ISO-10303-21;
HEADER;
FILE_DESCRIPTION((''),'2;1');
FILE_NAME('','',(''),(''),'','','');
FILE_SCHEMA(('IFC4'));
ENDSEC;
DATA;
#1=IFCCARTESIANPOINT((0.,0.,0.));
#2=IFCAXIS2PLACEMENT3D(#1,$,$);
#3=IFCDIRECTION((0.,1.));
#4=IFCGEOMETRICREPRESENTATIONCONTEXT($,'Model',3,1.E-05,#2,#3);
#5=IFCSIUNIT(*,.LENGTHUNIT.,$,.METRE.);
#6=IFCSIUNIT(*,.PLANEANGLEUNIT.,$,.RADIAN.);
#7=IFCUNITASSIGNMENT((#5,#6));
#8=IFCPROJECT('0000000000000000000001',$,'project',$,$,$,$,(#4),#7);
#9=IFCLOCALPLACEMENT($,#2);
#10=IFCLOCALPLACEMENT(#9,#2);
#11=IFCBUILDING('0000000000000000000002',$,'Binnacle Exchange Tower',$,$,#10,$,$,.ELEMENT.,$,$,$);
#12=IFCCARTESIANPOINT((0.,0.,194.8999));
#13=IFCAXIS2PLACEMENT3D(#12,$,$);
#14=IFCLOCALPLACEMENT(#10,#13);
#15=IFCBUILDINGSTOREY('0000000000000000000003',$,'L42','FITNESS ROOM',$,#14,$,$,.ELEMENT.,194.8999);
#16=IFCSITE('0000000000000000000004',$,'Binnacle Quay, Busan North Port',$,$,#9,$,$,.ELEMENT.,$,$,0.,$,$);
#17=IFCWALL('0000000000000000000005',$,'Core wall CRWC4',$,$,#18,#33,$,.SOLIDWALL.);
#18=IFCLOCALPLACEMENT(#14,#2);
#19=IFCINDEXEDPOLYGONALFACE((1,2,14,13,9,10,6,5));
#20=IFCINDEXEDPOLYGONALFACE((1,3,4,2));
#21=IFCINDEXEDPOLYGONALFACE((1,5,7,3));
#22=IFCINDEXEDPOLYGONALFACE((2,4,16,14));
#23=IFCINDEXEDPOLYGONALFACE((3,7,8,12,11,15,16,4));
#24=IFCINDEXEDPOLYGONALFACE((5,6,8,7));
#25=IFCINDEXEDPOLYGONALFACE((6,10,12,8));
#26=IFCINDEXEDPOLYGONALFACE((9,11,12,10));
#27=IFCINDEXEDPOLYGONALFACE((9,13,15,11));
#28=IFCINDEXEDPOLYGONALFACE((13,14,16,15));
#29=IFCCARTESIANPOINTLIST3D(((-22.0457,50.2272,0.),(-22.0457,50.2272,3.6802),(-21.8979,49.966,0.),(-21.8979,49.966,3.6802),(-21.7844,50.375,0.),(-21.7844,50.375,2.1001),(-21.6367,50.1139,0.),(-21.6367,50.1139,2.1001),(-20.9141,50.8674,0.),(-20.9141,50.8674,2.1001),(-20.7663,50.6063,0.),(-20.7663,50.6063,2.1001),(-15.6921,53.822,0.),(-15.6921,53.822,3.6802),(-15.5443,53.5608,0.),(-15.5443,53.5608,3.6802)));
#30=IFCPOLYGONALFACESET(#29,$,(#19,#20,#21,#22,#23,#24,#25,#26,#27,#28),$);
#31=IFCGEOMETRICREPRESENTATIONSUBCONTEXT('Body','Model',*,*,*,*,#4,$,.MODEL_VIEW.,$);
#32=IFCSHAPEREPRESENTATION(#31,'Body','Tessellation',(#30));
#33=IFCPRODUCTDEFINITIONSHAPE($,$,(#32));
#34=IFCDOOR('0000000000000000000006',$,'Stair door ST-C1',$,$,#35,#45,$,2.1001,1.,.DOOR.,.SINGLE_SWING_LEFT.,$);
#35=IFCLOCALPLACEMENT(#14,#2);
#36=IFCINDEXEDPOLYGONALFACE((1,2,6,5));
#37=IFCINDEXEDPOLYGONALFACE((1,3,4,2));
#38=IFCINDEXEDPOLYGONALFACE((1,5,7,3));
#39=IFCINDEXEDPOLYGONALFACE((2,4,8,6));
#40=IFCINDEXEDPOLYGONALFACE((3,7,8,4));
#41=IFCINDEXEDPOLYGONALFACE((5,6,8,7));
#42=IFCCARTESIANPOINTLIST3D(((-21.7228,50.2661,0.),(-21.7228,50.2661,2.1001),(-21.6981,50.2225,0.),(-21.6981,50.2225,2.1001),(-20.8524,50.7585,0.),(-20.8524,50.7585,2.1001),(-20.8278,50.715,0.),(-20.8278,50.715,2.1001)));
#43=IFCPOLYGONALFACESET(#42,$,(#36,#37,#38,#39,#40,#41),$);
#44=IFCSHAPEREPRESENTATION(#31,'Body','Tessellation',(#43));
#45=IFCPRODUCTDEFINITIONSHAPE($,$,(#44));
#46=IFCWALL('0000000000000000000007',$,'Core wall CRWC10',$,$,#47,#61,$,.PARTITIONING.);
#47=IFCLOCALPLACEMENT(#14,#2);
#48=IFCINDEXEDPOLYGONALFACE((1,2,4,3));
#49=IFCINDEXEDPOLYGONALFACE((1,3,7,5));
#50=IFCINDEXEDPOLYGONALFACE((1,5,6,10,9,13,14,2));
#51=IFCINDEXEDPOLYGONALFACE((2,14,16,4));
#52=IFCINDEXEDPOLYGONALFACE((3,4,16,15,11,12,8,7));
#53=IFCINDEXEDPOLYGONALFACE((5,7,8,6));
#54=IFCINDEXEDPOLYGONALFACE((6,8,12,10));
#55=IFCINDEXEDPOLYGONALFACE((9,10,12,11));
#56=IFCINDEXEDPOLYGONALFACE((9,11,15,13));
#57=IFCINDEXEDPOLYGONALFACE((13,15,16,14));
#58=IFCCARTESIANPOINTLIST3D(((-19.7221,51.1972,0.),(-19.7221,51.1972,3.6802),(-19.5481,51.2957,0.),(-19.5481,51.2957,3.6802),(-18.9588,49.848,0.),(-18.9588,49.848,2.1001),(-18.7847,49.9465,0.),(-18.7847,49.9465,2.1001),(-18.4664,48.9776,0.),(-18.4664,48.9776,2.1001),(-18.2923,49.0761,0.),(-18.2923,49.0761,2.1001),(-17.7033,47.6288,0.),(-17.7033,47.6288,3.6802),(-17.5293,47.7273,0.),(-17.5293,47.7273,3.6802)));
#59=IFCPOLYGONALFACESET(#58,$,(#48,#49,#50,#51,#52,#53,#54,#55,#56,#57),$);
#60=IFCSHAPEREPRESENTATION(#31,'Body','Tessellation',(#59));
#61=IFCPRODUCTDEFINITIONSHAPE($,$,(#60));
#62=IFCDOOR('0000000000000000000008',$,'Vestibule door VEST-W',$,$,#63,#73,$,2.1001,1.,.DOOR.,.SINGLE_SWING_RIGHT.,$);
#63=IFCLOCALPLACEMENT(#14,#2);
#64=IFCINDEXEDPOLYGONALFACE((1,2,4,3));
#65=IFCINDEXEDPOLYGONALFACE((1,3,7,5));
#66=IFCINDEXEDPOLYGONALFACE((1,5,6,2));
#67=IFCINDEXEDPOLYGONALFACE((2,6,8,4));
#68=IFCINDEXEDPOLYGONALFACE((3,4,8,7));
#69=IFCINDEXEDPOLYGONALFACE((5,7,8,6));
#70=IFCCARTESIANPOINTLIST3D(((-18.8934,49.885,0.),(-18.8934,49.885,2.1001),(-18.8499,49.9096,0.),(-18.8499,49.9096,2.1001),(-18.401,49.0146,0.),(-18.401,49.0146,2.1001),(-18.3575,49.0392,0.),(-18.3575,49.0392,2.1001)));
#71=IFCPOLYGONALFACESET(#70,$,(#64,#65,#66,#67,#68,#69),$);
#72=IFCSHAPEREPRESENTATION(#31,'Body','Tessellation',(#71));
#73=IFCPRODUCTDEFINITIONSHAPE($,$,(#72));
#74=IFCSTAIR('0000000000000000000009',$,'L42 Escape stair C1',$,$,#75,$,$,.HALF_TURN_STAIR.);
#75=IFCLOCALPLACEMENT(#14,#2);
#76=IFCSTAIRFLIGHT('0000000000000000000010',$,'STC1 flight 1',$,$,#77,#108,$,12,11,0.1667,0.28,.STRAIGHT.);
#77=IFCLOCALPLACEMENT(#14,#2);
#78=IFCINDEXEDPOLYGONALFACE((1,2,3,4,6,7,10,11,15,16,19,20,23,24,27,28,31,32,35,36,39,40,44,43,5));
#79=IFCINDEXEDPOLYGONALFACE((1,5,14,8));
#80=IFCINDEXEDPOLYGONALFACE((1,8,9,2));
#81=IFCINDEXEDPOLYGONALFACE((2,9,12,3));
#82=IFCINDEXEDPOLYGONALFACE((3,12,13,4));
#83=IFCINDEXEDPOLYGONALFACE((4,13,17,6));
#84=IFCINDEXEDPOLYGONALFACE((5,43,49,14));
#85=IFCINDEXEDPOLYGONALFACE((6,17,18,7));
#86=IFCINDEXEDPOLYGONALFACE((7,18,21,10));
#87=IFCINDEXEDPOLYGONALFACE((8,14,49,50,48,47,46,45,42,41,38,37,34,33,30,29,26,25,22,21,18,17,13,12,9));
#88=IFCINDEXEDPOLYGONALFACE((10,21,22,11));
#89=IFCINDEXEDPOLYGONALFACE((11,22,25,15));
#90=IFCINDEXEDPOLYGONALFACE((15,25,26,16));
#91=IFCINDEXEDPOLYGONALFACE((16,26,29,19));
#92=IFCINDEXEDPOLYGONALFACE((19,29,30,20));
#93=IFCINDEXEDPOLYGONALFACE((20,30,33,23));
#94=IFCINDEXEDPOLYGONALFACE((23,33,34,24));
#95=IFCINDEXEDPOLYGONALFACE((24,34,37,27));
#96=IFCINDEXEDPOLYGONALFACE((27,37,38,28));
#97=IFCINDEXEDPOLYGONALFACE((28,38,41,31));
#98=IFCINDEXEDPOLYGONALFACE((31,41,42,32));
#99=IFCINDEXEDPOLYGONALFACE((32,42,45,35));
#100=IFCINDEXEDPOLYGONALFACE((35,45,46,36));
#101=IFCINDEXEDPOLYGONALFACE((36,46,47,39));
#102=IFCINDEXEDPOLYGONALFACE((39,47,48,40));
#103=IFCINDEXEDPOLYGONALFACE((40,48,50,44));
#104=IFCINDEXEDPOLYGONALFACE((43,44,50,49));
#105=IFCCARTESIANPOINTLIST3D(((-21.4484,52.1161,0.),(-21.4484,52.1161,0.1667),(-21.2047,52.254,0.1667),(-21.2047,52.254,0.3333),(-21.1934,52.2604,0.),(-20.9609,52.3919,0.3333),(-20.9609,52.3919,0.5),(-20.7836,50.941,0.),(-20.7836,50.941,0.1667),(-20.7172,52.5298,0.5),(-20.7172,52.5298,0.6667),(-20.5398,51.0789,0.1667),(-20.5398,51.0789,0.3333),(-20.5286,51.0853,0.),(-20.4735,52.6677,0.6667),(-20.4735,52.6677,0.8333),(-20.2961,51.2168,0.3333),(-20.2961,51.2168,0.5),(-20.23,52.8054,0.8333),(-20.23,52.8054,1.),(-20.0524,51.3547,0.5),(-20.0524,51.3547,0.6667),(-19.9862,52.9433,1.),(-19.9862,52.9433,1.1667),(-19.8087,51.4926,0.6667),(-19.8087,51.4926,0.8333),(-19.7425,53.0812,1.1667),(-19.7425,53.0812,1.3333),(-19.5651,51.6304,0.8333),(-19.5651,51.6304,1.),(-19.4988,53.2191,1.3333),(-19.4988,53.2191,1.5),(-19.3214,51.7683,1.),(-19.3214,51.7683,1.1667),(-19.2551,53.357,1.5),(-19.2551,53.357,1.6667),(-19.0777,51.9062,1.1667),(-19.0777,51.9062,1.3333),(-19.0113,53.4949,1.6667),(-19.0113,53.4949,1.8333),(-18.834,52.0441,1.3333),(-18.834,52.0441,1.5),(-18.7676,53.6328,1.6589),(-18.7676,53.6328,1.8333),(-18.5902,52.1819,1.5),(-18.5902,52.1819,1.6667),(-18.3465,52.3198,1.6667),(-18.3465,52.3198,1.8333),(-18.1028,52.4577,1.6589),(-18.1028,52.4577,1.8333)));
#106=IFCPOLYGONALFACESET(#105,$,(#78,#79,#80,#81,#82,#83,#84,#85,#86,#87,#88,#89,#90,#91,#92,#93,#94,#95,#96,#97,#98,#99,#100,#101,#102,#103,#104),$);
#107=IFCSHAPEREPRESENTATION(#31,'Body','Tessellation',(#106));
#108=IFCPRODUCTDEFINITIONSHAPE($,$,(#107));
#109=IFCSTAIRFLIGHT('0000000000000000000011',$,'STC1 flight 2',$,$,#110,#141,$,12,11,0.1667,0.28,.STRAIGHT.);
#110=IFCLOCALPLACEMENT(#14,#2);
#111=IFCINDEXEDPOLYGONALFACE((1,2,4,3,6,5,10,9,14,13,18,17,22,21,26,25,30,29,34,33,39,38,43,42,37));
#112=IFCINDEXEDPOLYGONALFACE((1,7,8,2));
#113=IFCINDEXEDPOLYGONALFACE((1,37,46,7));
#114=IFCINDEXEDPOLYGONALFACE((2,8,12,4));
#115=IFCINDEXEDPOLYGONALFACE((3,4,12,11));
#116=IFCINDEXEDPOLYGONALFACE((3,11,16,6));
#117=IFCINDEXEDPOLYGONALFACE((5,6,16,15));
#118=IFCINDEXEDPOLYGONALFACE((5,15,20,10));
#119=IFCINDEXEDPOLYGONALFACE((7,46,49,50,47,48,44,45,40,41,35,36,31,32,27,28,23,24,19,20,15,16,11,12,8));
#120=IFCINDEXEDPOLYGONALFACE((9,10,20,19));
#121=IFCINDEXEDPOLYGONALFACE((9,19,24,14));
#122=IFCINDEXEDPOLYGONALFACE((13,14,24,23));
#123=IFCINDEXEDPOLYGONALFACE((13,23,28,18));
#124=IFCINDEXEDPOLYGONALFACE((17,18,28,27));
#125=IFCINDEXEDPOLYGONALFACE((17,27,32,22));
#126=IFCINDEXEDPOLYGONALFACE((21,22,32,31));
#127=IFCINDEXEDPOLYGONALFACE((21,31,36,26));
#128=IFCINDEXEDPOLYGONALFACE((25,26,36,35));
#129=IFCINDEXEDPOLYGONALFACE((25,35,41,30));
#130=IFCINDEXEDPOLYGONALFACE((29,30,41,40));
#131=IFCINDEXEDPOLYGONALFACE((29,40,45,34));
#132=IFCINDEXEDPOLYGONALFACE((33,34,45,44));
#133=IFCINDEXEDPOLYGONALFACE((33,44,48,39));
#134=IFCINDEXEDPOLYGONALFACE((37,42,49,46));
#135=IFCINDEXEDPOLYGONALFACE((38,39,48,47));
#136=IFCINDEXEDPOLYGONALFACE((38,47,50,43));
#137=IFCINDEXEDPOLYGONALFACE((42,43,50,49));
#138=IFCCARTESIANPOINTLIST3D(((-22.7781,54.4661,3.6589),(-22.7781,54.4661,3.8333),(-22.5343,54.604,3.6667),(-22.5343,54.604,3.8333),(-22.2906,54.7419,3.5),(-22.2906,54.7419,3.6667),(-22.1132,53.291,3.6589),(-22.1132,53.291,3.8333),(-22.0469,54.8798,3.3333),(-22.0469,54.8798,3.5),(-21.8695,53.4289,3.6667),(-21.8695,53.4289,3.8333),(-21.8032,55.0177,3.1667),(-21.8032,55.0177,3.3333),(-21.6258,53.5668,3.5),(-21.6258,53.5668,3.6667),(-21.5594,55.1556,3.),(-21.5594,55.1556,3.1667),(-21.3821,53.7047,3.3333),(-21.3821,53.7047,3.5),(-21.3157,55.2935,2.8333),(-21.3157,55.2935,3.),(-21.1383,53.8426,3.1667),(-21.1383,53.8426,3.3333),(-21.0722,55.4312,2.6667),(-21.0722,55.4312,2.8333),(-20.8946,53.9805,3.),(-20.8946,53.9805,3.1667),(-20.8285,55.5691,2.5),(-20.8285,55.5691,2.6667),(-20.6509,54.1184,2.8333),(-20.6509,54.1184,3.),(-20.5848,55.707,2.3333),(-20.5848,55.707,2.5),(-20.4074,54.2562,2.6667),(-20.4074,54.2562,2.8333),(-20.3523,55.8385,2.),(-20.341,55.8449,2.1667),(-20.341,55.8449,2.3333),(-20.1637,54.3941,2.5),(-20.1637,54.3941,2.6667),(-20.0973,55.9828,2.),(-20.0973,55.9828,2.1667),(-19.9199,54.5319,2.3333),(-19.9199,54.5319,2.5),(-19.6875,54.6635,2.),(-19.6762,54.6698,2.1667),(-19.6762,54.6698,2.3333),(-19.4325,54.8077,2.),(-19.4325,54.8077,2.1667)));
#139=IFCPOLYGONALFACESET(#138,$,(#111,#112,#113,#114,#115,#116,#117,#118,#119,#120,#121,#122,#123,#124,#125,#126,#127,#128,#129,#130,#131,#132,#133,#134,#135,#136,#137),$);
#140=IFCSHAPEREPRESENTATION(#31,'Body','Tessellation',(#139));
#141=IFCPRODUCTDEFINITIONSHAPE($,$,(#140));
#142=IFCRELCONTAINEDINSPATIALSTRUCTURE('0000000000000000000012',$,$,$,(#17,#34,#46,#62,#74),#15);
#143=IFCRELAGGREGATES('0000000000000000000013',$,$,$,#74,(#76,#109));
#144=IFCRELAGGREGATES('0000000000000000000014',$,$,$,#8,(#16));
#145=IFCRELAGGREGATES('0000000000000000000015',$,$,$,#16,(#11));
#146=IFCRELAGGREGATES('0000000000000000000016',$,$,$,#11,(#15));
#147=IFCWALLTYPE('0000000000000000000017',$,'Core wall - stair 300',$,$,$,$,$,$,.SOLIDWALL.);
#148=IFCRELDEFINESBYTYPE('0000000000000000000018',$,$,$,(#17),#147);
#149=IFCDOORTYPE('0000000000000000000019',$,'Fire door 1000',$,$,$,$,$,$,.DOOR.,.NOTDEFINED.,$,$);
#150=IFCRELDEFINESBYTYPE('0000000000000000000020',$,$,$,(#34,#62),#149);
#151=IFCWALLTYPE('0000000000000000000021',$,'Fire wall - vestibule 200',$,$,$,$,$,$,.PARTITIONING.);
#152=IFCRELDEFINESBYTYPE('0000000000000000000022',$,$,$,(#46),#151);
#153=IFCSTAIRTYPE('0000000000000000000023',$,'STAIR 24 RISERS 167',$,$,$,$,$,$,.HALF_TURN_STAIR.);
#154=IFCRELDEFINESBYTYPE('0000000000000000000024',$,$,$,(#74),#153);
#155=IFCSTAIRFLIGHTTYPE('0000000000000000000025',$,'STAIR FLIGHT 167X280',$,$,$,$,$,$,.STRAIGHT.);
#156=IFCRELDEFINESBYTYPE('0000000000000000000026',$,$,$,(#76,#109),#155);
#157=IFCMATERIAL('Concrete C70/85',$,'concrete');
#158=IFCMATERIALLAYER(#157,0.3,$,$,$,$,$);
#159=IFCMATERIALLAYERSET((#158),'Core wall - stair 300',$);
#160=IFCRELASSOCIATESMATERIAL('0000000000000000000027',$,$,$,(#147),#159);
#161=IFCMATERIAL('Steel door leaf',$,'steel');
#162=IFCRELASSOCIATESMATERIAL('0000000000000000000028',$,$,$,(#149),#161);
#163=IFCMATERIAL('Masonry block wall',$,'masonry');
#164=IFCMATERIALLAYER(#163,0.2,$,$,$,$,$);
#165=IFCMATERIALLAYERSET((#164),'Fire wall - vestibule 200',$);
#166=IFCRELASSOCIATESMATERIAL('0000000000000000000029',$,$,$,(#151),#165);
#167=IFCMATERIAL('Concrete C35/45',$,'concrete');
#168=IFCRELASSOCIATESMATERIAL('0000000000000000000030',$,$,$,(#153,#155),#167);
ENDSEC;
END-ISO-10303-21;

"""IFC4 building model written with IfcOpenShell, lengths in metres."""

from ifc_helpers import new_model, si_unit, direction, frame, frame_2d, origin, place, context, subcontext, project, spatial, polyline, rectangle, outline, extrude, material, layer, layer_set, type_object, element, fill, aggregate, save


model = new_model("IFC4")

# Units and contexts
model_context = context("Model", 3, precision=1e-05, world=origin(), true_north=direction((0.0, 1.0)))
body_context = subcontext(model_context, "Body", "Model", "MODEL_VIEW")
ifc_project = project(units=[si_unit("LENGTHUNIT", "METRE"), si_unit("PLANEANGLEUNIT", "RADIAN")], contexts=[model_context])

# Site, building, storey
site_placement = place(None, origin())
site = spatial("IfcSite", under=ifc_project, at=site_placement, Name="Binnacle Quay, Busan North Port", CompositionType="ELEMENT", RefElevation=0.0)
building_placement = place(site_placement, origin())
building = spatial("IfcBuilding", under=site, at=building_placement, Name="Binnacle Exchange Tower", CompositionType="ELEMENT")
storey_placement = place(building_placement, frame((0.0, 0.0, 194.8999)))
storey = spatial("IfcBuildingStorey", under=building, at=storey_placement, Name="L42", Description="FITNESS ROOM", CompositionType="ELEMENT", Elevation=194.8999)

# Shared definitions
ifc_material_1 = material(Name="Concrete C70/85", Category="concrete")

# Shared definitions
ifc_material_2 = material(Name="Steel door leaf", Category="steel")

# Walls, openings, doors
ifc_layer_1 = layer(ifc_material_1, 0.3)
ifc_layer_set_1 = layer_set([ifc_layer_1], Name="Core wall - stair 300")
wall_type_1 = type_object("IfcWallType", Name="Core wall - stair 300", PredefinedType="SOLIDWALL", material=ifc_layer_set_1)
wall_1_placement = place(storey_placement, frame((-21.9717, 50.0967, 0.0), z_axis=(0.0, 0.0, 1.0), x_axis=(0.870351, 0.492432, 0.0)))
wall_1 = element("IfcWall", 1, at=wall_1_placement, inside=storey, type_object=wall_type_1, Name="Core wall CRWC4", PredefinedType="SOLIDWALL", context=body_context, shape_type="SweptSolid", body=[
    extrude(rectangle(XDim=7.3, YDim=0.3, at=frame_2d((3.6499, 0.0))), origin(), (0.0, 0.0, 1.0), 3.6802),
])
opening_1_placement = place(wall_1_placement, frame((0.3, 0.0, 0.0)))
opening_1 = element("IfcOpeningElement", 2, at=opening_1_placement, cuts=wall_1, PredefinedType="OPENING", context=body_context, shape_type="SweptSolid", body=[
    extrude(rectangle(XDim=1.0, YDim=2.1001, at=frame_2d((0.5, 1.05))), frame((0.0, 0.1599, 0.0), z_axis=(0.0, -1.0, 0.0), x_axis=(1.0, 0.0, 0.0)), (0.0, 0.0, 1.0), 0.3201),
])
door_type_1 = type_object("IfcDoorType", Name="Fire door 1000", OperationType="NOTDEFINED", PredefinedType="DOOR", material=ifc_material_2)
door_1_placement = place(opening_1_placement, origin())
door_1 = element("IfcDoor", 3, at=door_1_placement, inside=storey, type_object=door_type_1, Name="Stair door ST-C1", OperationType="SINGLE_SWING_LEFT", OverallHeight=2.1001, OverallWidth=1.0, PredefinedType="DOOR", context=body_context, shape_type="SweptSolid", body=[
    extrude(rectangle(XDim=1.0, YDim=2.1001, at=frame_2d((0.5, 1.05))), frame((0.0, 0.0249, 0.0), z_axis=(0.0, -1.0, 0.0), x_axis=(1.0, 0.0, 0.0)), (0.0, 0.0, 1.0), 0.05),
])
fill(opening_1, door_1)
ifc_material_3 = material(Name="Masonry block wall", Category="masonry")
ifc_layer_2 = layer(ifc_material_3, 0.2)
ifc_layer_set_2 = layer_set([ifc_layer_2], Name="Fire wall - vestibule 200")
wall_type_2 = type_object("IfcWallType", Name="Fire wall - vestibule 200", PredefinedType="PARTITIONING", material=ifc_layer_set_2)
wall_2_placement = place(storey_placement, frame((-19.635, 51.2463, 0.0), z_axis=(0.0, 0.0, 1.0), x_axis=(0.492408, -0.870364, 0.0)))
wall_2 = element("IfcWall", 4, at=wall_2_placement, inside=storey, type_object=wall_type_2, Name="Core wall CRWC10", PredefinedType="PARTITIONING", context=body_context, shape_type="SweptSolid", body=[
    extrude(rectangle(XDim=4.0999, YDim=0.2, at=frame_2d((2.0498, 0.0))), origin(), (0.0, 0.0, 1.0), 3.6802),
])
opening_2_placement = place(wall_2_placement, frame((1.55, 0.0, 0.0)))
opening_2 = element("IfcOpeningElement", 5, at=opening_2_placement, cuts=wall_2, PredefinedType="OPENING", context=body_context, shape_type="SweptSolid", body=[
    extrude(rectangle(XDim=1.0, YDim=2.1001, at=frame_2d((0.5, 1.05))), frame((0.0, 0.1099, 0.0), z_axis=(0.0, -1.0, 0.0), x_axis=(1.0, 0.0, 0.0)), (0.0, 0.0, 1.0), 0.22),
])
door_2_placement = place(opening_2_placement, frame((1.0, 0.0, 0.0), z_axis=(0.0, 0.0, 1.0), x_axis=(-1.0, 0.0, 0.0)))
door_2 = element("IfcDoor", 6, at=door_2_placement, inside=storey, type_object=door_type_1, Name="Vestibule door VEST-W", OperationType="SINGLE_SWING_RIGHT", OverallHeight=2.1001, OverallWidth=1.0, PredefinedType="DOOR", context=body_context, shape_type="SweptSolid", body=[
    extrude(rectangle(XDim=1.0, YDim=2.1001, at=frame_2d((0.5, 1.05))), frame((0.0, 0.0249, 0.0), z_axis=(0.0, -1.0, 0.0), x_axis=(1.0, 0.0, 0.0)), (0.0, 0.0, 1.0), 0.05),
])
fill(opening_2, door_2)

# Stair, stair flights
ifc_material_4 = material(Name="Concrete C35/45", Category="concrete")
stair_type = type_object("IfcStairType", Name="STAIR 24 RISERS 167", PredefinedType="HALF_TURN_STAIR", material=ifc_material_4)
stair_placement = place(storey_placement, origin())
stair = element("IfcStair", 7, at=stair_placement, inside=storey, type_object=stair_type, Name="L42 Escape stair C1", PredefinedType="HALF_TURN_STAIR")
stair_flight_type = type_object("IfcStairFlightType", Name="STAIR FLIGHT 167X280", PredefinedType="STRAIGHT", material=ifc_material_4)
stair_flight_1_placement = place(storey_placement, frame((-21.116, 51.5286, 0.0), z_axis=(0.0, 0.0, 1.0), x_axis=(0.870356, 0.492424, 0.0)))
stair_flight_1 = element("IfcStairFlight", 8, at=stair_flight_1_placement, type_object=stair_flight_type, Name="STC1 flight 1", NumberOfRisers=12, NumberOfTreads=11, PredefinedType="STRAIGHT", RiserHeight=0.1667, TreadLength=0.28, context=body_context, shape_type="SweptSolid", body=[
    extrude(outline(polyline([(0.0, 0.0), (0.0, 0.1667), (0.28, 0.1667), (0.28, 0.3333), (0.5601, 0.3333), (0.5601, 0.5), (0.8401, 0.5), (0.8401, 0.6667), (1.1201, 0.6667), (1.1201, 0.8333), (1.3999, 0.8333), (1.3999, 1.0), (1.6799, 1.0), (1.6799, 1.1667), (1.96, 1.1667), (1.96, 1.3333), (2.24, 1.3333), (2.24, 1.5), (2.52, 1.5), (2.52, 1.6667), (2.8, 1.6667), (2.8, 1.8333), (3.0801, 1.8333), (3.0801, 2.0), (3.0801, 1.6589), (0.293, 0.0), (0.0, 0.0)])), frame((0.0, 0.675, 0.0), z_axis=(0.0, -1.0, 0.0), x_axis=(1.0, 0.0, 0.0)), (0.0, 0.0, 1.0), 1.3501),
])
stair_flight_2_placement = place(storey_placement, frame((-19.7649, 55.3953, 2.0), z_axis=(0.0, 0.0, 1.0), x_axis=(-0.870356, -0.492424, 0.0)))
stair_flight_2 = element("IfcStairFlight", 9, at=stair_flight_2_placement, type_object=stair_flight_type, Name="STC1 flight 2", NumberOfRisers=12, NumberOfTreads=11, PredefinedType="STRAIGHT", RiserHeight=0.1667, TreadLength=0.28, context=body_context, shape_type="SweptSolid", body=[
    extrude(outline(polyline([(0.0, 0.0), (0.0, 0.1667), (0.28, 0.1667), (0.28, 0.3333), (0.5601, 0.3333), (0.5601, 0.5), (0.8401, 0.5), (0.8401, 0.6667), (1.1201, 0.6667), (1.1201, 0.8333), (1.3999, 0.8333), (1.3999, 1.0), (1.6799, 1.0), (1.6799, 1.1667), (1.96, 1.1667), (1.96, 1.3333), (2.24, 1.3333), (2.24, 1.5), (2.52, 1.5), (2.52, 1.6667), (2.8, 1.6667), (2.8, 1.8333), (3.0801, 1.8333), (3.0801, 2.0), (3.0801, 1.6589), (0.293, 0.0), (0.0, 0.0)])), frame((0.0, 0.675, 0.0), z_axis=(0.0, -1.0, 0.0), x_axis=(1.0, 0.0, 0.0)), (0.0, 0.0, 1.0), 1.3501),
])
aggregate(stair, [stair_flight_1, stair_flight_2])

save(model, "model.ifc")
